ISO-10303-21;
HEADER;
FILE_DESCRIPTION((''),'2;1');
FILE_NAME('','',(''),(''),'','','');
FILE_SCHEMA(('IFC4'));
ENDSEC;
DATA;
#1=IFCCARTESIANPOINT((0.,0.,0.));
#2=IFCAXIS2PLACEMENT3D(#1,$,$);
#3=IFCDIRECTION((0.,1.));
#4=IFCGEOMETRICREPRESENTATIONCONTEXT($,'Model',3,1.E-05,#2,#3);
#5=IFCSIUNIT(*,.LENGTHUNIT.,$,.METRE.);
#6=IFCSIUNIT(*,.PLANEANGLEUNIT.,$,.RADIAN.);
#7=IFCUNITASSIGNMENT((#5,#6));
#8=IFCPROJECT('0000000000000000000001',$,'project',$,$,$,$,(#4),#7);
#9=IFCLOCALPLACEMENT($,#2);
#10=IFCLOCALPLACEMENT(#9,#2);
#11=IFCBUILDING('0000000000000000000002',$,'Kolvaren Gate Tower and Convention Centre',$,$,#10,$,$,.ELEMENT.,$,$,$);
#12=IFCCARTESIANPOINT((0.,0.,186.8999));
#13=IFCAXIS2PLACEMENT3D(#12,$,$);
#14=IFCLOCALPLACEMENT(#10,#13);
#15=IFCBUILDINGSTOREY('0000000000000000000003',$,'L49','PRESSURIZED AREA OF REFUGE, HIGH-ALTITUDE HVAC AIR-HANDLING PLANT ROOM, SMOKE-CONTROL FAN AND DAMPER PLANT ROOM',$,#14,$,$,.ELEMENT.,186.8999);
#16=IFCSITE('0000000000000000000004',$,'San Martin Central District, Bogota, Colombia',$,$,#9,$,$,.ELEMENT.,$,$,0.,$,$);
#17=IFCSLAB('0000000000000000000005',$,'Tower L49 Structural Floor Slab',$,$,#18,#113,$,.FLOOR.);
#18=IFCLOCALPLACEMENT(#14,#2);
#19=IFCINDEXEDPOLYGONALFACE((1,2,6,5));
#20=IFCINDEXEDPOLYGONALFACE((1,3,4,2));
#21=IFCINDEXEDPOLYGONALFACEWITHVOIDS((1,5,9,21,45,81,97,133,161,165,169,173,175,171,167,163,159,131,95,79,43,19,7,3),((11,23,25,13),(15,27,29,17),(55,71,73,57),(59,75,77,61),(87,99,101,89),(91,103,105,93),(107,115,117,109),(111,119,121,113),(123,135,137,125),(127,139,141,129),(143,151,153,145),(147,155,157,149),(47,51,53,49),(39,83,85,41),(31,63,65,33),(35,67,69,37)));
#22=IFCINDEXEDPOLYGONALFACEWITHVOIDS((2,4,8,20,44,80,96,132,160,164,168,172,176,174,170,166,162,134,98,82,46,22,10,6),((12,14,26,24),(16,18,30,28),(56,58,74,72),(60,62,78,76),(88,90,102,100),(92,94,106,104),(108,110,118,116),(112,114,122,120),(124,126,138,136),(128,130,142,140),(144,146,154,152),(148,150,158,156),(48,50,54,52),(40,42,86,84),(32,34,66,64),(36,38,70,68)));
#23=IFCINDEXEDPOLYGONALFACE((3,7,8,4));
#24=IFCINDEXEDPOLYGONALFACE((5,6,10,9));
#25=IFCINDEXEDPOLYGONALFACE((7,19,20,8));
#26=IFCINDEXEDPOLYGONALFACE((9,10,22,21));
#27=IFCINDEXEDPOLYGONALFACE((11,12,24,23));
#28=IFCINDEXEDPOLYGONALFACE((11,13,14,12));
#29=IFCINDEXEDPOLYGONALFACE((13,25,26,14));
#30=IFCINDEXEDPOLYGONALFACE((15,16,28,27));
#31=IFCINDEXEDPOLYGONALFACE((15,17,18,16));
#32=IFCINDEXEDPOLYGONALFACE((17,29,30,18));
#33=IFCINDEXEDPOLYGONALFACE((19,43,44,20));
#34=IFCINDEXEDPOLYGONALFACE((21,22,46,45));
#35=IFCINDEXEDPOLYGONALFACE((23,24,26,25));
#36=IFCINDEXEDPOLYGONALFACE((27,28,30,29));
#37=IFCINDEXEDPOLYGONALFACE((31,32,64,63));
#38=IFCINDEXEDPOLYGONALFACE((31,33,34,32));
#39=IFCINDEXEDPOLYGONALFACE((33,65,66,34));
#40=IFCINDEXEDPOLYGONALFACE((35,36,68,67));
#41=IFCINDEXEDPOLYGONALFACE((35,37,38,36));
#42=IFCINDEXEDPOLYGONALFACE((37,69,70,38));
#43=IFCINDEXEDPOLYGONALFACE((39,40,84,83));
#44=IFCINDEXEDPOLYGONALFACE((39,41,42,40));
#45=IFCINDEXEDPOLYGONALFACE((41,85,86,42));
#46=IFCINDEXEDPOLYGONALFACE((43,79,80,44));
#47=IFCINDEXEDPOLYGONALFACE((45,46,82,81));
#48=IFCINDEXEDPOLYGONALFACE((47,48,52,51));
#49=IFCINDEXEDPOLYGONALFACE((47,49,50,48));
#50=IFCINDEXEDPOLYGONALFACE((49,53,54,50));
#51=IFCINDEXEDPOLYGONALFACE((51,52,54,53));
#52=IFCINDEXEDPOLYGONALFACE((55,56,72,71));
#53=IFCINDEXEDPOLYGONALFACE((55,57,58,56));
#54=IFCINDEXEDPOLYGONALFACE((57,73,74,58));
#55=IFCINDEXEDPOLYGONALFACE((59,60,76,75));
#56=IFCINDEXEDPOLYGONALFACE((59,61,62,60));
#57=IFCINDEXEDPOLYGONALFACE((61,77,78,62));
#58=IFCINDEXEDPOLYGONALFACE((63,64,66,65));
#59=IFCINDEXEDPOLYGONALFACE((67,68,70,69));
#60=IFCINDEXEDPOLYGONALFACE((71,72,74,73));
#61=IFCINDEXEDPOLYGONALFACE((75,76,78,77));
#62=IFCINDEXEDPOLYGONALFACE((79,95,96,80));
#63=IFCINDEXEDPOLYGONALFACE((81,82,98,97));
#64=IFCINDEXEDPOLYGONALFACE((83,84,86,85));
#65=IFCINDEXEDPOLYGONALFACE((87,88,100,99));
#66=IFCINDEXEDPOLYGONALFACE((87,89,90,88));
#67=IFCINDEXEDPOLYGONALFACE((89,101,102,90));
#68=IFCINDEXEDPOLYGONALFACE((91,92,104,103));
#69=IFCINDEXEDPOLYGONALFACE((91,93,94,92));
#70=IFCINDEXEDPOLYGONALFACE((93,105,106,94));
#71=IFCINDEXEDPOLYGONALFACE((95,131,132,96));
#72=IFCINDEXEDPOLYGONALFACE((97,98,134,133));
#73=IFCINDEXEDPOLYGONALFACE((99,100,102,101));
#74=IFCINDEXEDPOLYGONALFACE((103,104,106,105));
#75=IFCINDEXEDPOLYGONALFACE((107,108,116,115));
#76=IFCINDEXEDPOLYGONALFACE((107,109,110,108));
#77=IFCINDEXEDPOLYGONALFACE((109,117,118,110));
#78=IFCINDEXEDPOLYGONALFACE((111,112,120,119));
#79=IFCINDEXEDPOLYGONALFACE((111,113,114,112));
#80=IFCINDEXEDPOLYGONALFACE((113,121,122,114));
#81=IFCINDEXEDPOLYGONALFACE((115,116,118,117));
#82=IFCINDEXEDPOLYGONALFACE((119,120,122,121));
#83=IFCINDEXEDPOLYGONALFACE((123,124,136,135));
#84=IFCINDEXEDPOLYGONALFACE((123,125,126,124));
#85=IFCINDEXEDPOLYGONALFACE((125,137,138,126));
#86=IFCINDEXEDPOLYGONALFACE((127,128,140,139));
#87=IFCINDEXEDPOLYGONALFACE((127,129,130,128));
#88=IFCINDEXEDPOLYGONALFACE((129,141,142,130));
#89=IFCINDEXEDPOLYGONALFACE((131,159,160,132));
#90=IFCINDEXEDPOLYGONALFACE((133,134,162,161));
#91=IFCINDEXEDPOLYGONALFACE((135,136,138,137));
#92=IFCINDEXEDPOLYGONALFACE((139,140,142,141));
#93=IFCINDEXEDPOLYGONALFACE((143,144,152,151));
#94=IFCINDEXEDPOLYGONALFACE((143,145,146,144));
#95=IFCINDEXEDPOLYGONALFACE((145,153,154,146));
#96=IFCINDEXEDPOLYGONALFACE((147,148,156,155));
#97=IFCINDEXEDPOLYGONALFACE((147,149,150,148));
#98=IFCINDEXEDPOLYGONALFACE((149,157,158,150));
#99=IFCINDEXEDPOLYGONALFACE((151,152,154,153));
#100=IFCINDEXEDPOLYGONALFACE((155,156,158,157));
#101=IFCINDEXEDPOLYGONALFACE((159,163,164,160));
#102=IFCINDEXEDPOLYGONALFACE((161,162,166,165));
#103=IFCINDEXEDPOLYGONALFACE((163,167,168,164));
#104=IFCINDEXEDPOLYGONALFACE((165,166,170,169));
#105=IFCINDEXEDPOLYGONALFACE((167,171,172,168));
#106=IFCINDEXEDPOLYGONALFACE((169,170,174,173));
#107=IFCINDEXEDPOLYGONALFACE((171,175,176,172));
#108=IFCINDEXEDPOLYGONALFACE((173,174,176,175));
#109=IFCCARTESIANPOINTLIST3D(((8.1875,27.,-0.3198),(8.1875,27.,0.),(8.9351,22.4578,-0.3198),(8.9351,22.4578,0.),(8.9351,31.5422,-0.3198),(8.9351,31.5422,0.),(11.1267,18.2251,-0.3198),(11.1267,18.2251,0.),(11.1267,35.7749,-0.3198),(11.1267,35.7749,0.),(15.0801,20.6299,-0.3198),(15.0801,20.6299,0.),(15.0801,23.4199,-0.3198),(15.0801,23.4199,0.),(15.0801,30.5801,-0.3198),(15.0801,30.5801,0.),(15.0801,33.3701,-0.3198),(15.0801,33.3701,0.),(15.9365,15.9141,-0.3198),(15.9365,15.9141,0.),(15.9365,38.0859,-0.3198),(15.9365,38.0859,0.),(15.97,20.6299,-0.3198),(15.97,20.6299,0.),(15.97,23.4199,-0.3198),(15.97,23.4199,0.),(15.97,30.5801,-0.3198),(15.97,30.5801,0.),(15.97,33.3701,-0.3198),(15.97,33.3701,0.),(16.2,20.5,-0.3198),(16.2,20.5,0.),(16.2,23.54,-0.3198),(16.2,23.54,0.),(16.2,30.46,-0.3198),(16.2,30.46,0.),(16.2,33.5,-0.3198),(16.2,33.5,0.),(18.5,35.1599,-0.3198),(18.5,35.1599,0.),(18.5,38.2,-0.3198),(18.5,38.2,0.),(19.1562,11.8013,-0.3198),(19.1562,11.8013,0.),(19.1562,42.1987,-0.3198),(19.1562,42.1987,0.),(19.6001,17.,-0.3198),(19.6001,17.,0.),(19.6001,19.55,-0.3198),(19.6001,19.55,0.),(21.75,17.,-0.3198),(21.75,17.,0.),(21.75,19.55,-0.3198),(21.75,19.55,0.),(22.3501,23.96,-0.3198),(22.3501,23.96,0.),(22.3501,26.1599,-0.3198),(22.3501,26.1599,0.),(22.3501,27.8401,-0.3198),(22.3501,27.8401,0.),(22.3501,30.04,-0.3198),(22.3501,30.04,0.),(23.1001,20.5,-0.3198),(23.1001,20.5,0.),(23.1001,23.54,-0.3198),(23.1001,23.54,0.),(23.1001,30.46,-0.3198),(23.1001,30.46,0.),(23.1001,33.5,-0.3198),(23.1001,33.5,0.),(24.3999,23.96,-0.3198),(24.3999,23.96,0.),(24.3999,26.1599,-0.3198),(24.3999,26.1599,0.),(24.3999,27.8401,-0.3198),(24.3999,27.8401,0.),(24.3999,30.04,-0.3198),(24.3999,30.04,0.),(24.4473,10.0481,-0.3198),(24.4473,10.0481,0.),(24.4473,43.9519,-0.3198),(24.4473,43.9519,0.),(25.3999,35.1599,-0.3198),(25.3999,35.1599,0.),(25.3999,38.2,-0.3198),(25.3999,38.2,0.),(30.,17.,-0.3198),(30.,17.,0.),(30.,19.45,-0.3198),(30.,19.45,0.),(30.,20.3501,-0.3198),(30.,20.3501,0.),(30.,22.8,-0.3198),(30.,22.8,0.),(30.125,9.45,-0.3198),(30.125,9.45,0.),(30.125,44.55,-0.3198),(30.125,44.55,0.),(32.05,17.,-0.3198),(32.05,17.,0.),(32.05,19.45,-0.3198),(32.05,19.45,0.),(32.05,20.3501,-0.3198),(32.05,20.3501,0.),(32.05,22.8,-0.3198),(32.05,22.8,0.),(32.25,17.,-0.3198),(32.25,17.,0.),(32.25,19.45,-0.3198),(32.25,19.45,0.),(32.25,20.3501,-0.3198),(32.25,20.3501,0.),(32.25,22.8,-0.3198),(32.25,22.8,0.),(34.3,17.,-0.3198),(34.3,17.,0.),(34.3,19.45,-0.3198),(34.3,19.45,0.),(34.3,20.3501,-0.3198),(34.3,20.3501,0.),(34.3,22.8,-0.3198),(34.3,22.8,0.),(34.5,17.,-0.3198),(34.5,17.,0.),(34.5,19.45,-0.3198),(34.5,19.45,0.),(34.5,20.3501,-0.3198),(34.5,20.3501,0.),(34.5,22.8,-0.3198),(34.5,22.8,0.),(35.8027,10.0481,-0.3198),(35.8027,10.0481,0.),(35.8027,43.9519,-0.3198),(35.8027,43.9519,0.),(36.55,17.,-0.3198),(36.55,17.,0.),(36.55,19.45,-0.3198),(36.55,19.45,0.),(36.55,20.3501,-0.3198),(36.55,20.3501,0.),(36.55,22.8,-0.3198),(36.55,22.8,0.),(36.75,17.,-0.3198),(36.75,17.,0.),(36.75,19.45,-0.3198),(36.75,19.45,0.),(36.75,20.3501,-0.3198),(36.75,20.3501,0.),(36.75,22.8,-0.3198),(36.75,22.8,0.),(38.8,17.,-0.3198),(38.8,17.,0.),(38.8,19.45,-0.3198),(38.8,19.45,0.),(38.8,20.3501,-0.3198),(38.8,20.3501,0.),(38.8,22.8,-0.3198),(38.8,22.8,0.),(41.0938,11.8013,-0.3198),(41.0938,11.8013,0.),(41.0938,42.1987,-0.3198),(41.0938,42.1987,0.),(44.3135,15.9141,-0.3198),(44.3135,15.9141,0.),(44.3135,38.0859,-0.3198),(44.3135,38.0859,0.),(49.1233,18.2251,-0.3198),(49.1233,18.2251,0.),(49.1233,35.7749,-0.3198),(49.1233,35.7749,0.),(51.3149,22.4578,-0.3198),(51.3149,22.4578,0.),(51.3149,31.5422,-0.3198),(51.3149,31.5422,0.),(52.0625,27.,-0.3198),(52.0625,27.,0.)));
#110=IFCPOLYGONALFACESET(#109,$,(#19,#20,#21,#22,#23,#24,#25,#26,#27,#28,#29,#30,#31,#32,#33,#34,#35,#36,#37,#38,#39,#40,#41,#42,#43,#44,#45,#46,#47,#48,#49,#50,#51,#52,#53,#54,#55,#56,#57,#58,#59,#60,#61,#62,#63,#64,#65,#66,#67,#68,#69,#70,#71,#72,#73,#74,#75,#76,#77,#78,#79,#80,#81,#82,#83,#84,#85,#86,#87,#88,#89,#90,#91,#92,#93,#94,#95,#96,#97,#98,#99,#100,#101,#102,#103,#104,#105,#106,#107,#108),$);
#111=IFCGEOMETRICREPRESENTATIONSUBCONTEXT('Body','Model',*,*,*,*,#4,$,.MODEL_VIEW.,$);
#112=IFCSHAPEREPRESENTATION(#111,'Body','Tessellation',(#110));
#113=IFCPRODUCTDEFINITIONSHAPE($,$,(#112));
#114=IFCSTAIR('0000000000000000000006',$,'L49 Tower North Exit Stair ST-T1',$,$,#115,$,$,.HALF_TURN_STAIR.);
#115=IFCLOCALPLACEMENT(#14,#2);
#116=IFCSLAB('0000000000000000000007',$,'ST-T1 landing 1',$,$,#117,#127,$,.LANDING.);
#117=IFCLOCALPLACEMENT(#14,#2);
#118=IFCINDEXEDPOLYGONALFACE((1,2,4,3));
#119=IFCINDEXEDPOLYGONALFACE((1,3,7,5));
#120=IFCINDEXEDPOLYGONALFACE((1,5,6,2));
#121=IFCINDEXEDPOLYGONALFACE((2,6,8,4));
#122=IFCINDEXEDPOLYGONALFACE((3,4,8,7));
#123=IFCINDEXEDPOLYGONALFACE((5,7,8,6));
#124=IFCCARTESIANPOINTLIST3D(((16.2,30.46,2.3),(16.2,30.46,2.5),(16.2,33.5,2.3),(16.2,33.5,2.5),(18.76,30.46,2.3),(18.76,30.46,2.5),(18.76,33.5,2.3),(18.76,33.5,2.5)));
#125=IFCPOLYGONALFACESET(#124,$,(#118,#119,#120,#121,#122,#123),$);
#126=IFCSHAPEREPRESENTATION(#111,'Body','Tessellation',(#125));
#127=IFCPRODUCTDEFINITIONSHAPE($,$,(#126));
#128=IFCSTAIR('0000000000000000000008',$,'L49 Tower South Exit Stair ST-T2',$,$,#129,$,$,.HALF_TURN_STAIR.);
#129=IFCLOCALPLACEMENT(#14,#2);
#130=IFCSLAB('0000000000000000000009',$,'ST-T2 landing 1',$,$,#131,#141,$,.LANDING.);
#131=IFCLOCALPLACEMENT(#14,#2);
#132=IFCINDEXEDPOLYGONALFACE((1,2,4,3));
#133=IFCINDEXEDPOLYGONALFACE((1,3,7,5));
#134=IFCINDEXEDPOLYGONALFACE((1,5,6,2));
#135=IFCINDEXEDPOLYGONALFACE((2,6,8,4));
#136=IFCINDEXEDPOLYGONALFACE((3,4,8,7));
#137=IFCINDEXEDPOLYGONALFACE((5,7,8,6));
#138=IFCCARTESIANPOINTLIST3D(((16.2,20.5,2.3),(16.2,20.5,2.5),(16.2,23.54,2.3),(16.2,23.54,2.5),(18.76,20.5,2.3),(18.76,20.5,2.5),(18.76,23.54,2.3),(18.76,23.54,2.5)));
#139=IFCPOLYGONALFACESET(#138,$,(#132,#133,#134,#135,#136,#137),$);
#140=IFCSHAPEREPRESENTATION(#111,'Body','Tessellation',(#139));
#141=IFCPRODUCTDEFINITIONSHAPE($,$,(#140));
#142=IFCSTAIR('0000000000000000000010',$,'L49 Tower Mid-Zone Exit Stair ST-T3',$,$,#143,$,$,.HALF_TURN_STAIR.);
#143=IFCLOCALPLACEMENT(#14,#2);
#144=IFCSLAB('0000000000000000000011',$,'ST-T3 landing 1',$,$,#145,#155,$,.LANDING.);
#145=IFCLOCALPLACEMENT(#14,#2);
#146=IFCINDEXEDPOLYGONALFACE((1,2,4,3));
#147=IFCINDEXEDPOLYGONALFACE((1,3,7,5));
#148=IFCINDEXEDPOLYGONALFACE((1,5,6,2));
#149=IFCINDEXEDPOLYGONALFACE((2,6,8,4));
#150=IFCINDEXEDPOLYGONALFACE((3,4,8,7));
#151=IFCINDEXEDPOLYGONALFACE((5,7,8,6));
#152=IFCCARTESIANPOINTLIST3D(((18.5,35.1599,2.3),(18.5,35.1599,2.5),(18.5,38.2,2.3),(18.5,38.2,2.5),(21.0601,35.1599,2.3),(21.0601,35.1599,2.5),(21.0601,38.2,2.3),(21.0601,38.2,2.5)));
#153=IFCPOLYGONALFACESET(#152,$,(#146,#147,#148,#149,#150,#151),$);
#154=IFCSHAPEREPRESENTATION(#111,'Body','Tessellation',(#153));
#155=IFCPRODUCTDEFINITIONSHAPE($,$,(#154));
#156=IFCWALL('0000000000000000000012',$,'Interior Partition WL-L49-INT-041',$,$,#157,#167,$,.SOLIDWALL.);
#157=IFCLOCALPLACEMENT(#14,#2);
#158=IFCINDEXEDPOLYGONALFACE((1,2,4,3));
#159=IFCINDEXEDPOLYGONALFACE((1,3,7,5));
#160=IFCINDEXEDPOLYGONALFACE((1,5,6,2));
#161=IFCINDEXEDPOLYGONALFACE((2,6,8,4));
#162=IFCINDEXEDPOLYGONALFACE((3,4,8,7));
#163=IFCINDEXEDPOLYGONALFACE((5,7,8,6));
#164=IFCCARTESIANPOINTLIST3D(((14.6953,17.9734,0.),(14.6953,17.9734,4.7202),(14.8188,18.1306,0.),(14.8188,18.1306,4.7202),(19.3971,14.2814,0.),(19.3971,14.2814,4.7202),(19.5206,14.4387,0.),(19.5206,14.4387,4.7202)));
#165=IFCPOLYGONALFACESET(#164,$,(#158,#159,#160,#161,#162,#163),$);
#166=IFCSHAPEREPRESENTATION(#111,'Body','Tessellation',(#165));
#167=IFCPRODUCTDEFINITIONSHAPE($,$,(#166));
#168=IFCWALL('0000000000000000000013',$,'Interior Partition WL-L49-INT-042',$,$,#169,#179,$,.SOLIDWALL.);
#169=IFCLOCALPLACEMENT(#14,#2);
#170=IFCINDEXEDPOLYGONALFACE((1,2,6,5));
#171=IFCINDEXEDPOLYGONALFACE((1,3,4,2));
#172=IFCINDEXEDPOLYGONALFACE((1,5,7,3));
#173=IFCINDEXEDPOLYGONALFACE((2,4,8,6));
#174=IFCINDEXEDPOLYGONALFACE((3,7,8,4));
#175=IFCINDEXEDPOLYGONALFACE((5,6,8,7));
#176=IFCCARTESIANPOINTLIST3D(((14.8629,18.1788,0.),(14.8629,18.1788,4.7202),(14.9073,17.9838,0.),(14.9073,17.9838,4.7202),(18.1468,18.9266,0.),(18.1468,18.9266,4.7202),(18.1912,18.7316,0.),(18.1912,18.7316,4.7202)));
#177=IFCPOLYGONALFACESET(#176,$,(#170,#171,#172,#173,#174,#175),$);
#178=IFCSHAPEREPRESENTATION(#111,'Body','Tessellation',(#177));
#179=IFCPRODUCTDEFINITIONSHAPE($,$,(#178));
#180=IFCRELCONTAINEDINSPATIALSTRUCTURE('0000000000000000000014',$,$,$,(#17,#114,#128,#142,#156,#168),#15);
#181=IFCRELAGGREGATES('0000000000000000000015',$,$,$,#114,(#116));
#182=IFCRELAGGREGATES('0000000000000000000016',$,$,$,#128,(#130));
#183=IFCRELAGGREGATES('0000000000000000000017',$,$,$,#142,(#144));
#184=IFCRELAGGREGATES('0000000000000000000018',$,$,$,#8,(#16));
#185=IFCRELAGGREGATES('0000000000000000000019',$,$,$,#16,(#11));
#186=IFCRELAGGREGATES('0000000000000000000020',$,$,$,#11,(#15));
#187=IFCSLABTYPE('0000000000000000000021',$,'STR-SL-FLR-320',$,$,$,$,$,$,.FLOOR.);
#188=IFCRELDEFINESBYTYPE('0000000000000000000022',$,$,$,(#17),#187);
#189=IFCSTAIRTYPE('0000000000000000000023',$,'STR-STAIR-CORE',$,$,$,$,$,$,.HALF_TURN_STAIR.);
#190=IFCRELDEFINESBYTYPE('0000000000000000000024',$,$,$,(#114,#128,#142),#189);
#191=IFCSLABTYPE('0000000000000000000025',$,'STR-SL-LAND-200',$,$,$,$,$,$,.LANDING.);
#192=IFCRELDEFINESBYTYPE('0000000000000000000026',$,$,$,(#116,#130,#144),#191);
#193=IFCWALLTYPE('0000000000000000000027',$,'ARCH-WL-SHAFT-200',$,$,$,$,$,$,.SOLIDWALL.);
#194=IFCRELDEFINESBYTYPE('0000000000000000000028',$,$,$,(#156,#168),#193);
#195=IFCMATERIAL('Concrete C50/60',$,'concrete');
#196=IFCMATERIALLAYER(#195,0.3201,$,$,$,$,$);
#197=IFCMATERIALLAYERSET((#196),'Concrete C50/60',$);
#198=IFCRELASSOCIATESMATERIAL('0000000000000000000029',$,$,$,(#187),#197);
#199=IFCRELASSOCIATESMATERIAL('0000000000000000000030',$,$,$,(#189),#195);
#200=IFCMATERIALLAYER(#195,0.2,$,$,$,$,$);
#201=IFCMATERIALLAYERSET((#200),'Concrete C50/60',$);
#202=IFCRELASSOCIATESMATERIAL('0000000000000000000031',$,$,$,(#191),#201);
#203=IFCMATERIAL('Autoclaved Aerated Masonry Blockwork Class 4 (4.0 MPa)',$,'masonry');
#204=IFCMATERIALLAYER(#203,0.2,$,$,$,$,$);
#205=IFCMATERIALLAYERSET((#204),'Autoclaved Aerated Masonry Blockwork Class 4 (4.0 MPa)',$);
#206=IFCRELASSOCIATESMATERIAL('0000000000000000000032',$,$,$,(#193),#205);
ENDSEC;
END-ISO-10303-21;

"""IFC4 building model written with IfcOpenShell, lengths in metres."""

from ifc_helpers import new_model, si_unit, direction, frame, frame_2d, origin, place, context, subcontext, project, spatial, polyline, rectangle, outline, extrude, material, layer, layer_set, type_object, element, aggregate, save


model = new_model("IFC4")

# Units and contexts
model_context = context("Model", 3, precision=1e-05, world=origin(), true_north=direction((0.0, 1.0)))
body_context = subcontext(model_context, "Body", "Model", "MODEL_VIEW")
ifc_project = project(units=[si_unit("LENGTHUNIT", "METRE"), si_unit("PLANEANGLEUNIT", "RADIAN")], contexts=[model_context])

# Site, building, storey
site_placement = place(None, origin())
site = spatial("IfcSite", under=ifc_project, at=site_placement, Name="San Martin Central District, Bogota, Colombia", CompositionType="ELEMENT", RefElevation=0.0)
building_placement = place(site_placement, origin())
building = spatial("IfcBuilding", under=site, at=building_placement, Name="Kolvaren Gate Tower and Convention Centre", CompositionType="ELEMENT")
storey_placement = place(building_placement, frame((0.0, 0.0, 186.8999)))
storey = spatial("IfcBuildingStorey", under=building, at=storey_placement, Name="L49", Description="PRESSURIZED AREA OF REFUGE, HIGH-ALTITUDE HVAC AIR-HANDLING PLANT ROOM, SMOKE-CONTROL FAN AND DAMPER PLANT ROOM", CompositionType="ELEMENT", Elevation=186.8999)

# Slab
ifc_material_1 = material(Name="Concrete C50/60", Category="concrete")
ifc_layer_1 = layer(ifc_material_1, 0.3201)
ifc_layer_set_1 = layer_set([ifc_layer_1], Name="Concrete C50/60")
slab_type_1 = type_object("IfcSlabType", Name="STR-SL-FLR-320", PredefinedType="FLOOR", material=ifc_layer_set_1)
slab_1_placement = place(storey_placement, frame((0.0, 0.0, -0.3198)))
element("IfcSlab", 1, at=slab_1_placement, inside=storey, type_object=slab_type_1, Name="Tower L49 Structural Floor Slab", PredefinedType="FLOOR", context=body_context, shape_type="SweptSolid", body=[
    extrude(outline(polyline([(52.0625, 27.0), (51.3149, 31.5422), (49.1233, 35.7749), (44.3135, 38.0859), (41.0938, 42.1987), (35.8027, 43.9519), (30.125, 44.55), (24.4473, 43.9519), (19.1562, 42.1987), (15.9365, 38.0859), (11.1267, 35.7749), (8.9351, 31.5422), (8.1875, 27.0), (8.9351, 22.4578), (11.1267, 18.2251), (15.9365, 15.9141), (19.1562, 11.8013), (24.4473, 10.0481), (30.125, 9.45), (35.8027, 10.0481), (41.0938, 11.8013), (44.3135, 15.9141), (49.1233, 18.2251), (51.3149, 22.4578), (52.0625, 27.0)]), holes=[polyline([(36.75, 17.0), (36.75, 19.45), (38.8, 19.45), (38.8, 17.0), (36.75, 17.0)]), polyline([(36.75, 20.3501), (36.75, 22.8), (38.8, 22.8), (38.8, 20.3501), (36.75, 20.3501)]), polyline([(34.5, 17.0), (34.5, 19.45), (36.55, 19.45), (36.55, 17.0), (34.5, 17.0)]), polyline([(34.5, 20.3501), (34.5, 22.8), (36.55, 22.8), (36.55, 20.3501), (34.5, 20.3501)]), polyline([(32.25, 17.0), (32.25, 19.45), (34.3, 19.45), (34.3, 17.0), (32.25, 17.0)]), polyline([(32.25, 20.3501), (32.25, 22.8), (34.3, 22.8), (34.3, 20.3501), (32.25, 20.3501)]), polyline([(30.0, 17.0), (30.0, 19.45), (32.05, 19.45), (32.05, 17.0), (30.0, 17.0)]), polyline([(30.0, 20.3501), (30.0, 22.8), (32.05, 22.8), (32.05, 20.3501), (30.0, 20.3501)]), polyline([(25.3999, 38.2), (25.3999, 35.1599), (18.5, 35.1599), (18.5, 38.2), (25.3999, 38.2)]), polyline([(22.3501, 23.96), (22.3501, 26.1599), (24.3999, 26.1599), (24.3999, 23.96), (22.3501, 23.96)]), polyline([(22.3501, 27.8401), (22.3501, 30.04), (24.3999, 30.04), (24.3999, 27.8401), (22.3501, 27.8401)]), polyline([(23.1001, 23.54), (23.1001, 20.5), (16.2, 20.5), (16.2, 23.54), (23.1001, 23.54)]), polyline([(23.1001, 33.5), (23.1001, 30.46), (16.2, 30.46), (16.2, 33.5), (23.1001, 33.5)]), polyline([(19.6001, 17.0), (19.6001, 19.55), (21.75, 19.55), (21.75, 17.0), (19.6001, 17.0)]), polyline([(15.0801, 20.6299), (15.0801, 23.4199), (15.97, 23.4199), (15.97, 20.6299), (15.0801, 20.6299)]), polyline([(15.0801, 30.5801), (15.0801, 33.3701), (15.97, 33.3701), (15.97, 30.5801), (15.0801, 30.5801)])]), origin(), (0.0, 0.0, 1.0), 0.3198),
])

# Stairs, slabs
stair_type = type_object("IfcStairType", Name="STR-STAIR-CORE", PredefinedType="HALF_TURN_STAIR", material=ifc_material_1)
stair_1_placement = place(storey_placement, origin())
stair_1 = element("IfcStair", 2, at=stair_1_placement, inside=storey, type_object=stair_type, Name="L49 Tower North Exit Stair ST-T1", PredefinedType="HALF_TURN_STAIR")
ifc_layer_2 = layer(ifc_material_1, 0.2)
ifc_layer_set_2 = layer_set([ifc_layer_2], Name="Concrete C50/60")
slab_type_2 = type_object("IfcSlabType", Name="STR-SL-LAND-200", PredefinedType="LANDING", material=ifc_layer_set_2)
slab_2_placement = place(storey_placement, frame((0.0, 0.0, 2.3)))
slab_2 = element("IfcSlab", 3, at=slab_2_placement, type_object=slab_type_2, Name="ST-T1 landing 1", PredefinedType="LANDING", context=body_context, shape_type="SweptSolid", body=[
    extrude(outline(polyline([(18.76, 33.5), (16.2, 33.5), (16.2, 30.46), (18.76, 30.46), (18.76, 33.5)])), origin(), (0.0, 0.0, 1.0), 0.2),
])
aggregate(stair_1, [slab_2])
stair_2_placement = place(storey_placement, origin())
stair_2 = element("IfcStair", 4, at=stair_2_placement, inside=storey, type_object=stair_type, Name="L49 Tower South Exit Stair ST-T2", PredefinedType="HALF_TURN_STAIR")
slab_3_placement = place(storey_placement, frame((0.0, 0.0, 2.3)))
slab_3 = element("IfcSlab", 5, at=slab_3_placement, type_object=slab_type_2, Name="ST-T2 landing 1", PredefinedType="LANDING", context=body_context, shape_type="SweptSolid", body=[
    extrude(outline(polyline([(18.76, 23.54), (16.2, 23.54), (16.2, 20.5), (18.76, 20.5), (18.76, 23.54)])), origin(), (0.0, 0.0, 1.0), 0.2),
])
aggregate(stair_2, [slab_3])
stair_3_placement = place(storey_placement, origin())
stair_3 = element("IfcStair", 6, at=stair_3_placement, inside=storey, type_object=stair_type, Name="L49 Tower Mid-Zone Exit Stair ST-T3", PredefinedType="HALF_TURN_STAIR")
slab_4_placement = place(storey_placement, frame((0.0, 0.0, 2.3)))
slab_4 = element("IfcSlab", 7, at=slab_4_placement, type_object=slab_type_2, Name="ST-T3 landing 1", PredefinedType="LANDING", context=body_context, shape_type="SweptSolid", body=[
    extrude(outline(polyline([(21.0601, 38.2), (18.5, 38.2), (18.5, 35.1599), (21.0601, 35.1599), (21.0601, 38.2)])), origin(), (0.0, 0.0, 1.0), 0.2),
])
aggregate(stair_3, [slab_4])

# Walls
ifc_material_2 = material(Name="Autoclaved Aerated Masonry Blockwork Class 4 (4.0 MPa)", Category="masonry")
ifc_layer_3 = layer(ifc_material_2, 0.2)
ifc_layer_set_3 = layer_set([ifc_layer_3], Name="Autoclaved Aerated Masonry Blockwork Class 4 (4.0 MPa)")
wall_type_1 = type_object("IfcWallType", Name="ARCH-WL-SHAFT-200", PredefinedType="SOLIDWALL", material=ifc_layer_set_3)
wall_1_placement = place(storey_placement, frame((14.7571, 18.052, 0.0), z_axis=(0.0, 0.0, 1.0), x_axis=(0.786503, -0.617587, 0.0)))
element("IfcWall", 8, at=wall_1_placement, inside=storey, type_object=wall_type_1, Name="Interior Partition WL-L49-INT-041", PredefinedType="SOLIDWALL", context=body_context, shape_type="SweptSolid", body=[
    extrude(rectangle(XDim=5.978, YDim=0.2, at=frame_2d((2.989, 0.0))), origin(), (0.0, 0.0, 1.0), 4.7202),
])
wall_2_placement = place(storey_placement, frame((14.885, 18.0813, 0.0), z_axis=(0.0, 0.0, 1.0), x_axis=(0.975039, 0.222032, 0.0)))
element("IfcWall", 9, at=wall_2_placement, inside=storey, type_object=wall_type_1, Name="Interior Partition WL-L49-INT-042", PredefinedType="SOLIDWALL", context=body_context, shape_type="SweptSolid", body=[
    extrude(rectangle(XDim=3.3679, YDim=0.2, at=frame_2d((1.6841, 0.0))), origin(), (0.0, 0.0, 1.0), 4.7202),
])

save(model, "model.ifc")
